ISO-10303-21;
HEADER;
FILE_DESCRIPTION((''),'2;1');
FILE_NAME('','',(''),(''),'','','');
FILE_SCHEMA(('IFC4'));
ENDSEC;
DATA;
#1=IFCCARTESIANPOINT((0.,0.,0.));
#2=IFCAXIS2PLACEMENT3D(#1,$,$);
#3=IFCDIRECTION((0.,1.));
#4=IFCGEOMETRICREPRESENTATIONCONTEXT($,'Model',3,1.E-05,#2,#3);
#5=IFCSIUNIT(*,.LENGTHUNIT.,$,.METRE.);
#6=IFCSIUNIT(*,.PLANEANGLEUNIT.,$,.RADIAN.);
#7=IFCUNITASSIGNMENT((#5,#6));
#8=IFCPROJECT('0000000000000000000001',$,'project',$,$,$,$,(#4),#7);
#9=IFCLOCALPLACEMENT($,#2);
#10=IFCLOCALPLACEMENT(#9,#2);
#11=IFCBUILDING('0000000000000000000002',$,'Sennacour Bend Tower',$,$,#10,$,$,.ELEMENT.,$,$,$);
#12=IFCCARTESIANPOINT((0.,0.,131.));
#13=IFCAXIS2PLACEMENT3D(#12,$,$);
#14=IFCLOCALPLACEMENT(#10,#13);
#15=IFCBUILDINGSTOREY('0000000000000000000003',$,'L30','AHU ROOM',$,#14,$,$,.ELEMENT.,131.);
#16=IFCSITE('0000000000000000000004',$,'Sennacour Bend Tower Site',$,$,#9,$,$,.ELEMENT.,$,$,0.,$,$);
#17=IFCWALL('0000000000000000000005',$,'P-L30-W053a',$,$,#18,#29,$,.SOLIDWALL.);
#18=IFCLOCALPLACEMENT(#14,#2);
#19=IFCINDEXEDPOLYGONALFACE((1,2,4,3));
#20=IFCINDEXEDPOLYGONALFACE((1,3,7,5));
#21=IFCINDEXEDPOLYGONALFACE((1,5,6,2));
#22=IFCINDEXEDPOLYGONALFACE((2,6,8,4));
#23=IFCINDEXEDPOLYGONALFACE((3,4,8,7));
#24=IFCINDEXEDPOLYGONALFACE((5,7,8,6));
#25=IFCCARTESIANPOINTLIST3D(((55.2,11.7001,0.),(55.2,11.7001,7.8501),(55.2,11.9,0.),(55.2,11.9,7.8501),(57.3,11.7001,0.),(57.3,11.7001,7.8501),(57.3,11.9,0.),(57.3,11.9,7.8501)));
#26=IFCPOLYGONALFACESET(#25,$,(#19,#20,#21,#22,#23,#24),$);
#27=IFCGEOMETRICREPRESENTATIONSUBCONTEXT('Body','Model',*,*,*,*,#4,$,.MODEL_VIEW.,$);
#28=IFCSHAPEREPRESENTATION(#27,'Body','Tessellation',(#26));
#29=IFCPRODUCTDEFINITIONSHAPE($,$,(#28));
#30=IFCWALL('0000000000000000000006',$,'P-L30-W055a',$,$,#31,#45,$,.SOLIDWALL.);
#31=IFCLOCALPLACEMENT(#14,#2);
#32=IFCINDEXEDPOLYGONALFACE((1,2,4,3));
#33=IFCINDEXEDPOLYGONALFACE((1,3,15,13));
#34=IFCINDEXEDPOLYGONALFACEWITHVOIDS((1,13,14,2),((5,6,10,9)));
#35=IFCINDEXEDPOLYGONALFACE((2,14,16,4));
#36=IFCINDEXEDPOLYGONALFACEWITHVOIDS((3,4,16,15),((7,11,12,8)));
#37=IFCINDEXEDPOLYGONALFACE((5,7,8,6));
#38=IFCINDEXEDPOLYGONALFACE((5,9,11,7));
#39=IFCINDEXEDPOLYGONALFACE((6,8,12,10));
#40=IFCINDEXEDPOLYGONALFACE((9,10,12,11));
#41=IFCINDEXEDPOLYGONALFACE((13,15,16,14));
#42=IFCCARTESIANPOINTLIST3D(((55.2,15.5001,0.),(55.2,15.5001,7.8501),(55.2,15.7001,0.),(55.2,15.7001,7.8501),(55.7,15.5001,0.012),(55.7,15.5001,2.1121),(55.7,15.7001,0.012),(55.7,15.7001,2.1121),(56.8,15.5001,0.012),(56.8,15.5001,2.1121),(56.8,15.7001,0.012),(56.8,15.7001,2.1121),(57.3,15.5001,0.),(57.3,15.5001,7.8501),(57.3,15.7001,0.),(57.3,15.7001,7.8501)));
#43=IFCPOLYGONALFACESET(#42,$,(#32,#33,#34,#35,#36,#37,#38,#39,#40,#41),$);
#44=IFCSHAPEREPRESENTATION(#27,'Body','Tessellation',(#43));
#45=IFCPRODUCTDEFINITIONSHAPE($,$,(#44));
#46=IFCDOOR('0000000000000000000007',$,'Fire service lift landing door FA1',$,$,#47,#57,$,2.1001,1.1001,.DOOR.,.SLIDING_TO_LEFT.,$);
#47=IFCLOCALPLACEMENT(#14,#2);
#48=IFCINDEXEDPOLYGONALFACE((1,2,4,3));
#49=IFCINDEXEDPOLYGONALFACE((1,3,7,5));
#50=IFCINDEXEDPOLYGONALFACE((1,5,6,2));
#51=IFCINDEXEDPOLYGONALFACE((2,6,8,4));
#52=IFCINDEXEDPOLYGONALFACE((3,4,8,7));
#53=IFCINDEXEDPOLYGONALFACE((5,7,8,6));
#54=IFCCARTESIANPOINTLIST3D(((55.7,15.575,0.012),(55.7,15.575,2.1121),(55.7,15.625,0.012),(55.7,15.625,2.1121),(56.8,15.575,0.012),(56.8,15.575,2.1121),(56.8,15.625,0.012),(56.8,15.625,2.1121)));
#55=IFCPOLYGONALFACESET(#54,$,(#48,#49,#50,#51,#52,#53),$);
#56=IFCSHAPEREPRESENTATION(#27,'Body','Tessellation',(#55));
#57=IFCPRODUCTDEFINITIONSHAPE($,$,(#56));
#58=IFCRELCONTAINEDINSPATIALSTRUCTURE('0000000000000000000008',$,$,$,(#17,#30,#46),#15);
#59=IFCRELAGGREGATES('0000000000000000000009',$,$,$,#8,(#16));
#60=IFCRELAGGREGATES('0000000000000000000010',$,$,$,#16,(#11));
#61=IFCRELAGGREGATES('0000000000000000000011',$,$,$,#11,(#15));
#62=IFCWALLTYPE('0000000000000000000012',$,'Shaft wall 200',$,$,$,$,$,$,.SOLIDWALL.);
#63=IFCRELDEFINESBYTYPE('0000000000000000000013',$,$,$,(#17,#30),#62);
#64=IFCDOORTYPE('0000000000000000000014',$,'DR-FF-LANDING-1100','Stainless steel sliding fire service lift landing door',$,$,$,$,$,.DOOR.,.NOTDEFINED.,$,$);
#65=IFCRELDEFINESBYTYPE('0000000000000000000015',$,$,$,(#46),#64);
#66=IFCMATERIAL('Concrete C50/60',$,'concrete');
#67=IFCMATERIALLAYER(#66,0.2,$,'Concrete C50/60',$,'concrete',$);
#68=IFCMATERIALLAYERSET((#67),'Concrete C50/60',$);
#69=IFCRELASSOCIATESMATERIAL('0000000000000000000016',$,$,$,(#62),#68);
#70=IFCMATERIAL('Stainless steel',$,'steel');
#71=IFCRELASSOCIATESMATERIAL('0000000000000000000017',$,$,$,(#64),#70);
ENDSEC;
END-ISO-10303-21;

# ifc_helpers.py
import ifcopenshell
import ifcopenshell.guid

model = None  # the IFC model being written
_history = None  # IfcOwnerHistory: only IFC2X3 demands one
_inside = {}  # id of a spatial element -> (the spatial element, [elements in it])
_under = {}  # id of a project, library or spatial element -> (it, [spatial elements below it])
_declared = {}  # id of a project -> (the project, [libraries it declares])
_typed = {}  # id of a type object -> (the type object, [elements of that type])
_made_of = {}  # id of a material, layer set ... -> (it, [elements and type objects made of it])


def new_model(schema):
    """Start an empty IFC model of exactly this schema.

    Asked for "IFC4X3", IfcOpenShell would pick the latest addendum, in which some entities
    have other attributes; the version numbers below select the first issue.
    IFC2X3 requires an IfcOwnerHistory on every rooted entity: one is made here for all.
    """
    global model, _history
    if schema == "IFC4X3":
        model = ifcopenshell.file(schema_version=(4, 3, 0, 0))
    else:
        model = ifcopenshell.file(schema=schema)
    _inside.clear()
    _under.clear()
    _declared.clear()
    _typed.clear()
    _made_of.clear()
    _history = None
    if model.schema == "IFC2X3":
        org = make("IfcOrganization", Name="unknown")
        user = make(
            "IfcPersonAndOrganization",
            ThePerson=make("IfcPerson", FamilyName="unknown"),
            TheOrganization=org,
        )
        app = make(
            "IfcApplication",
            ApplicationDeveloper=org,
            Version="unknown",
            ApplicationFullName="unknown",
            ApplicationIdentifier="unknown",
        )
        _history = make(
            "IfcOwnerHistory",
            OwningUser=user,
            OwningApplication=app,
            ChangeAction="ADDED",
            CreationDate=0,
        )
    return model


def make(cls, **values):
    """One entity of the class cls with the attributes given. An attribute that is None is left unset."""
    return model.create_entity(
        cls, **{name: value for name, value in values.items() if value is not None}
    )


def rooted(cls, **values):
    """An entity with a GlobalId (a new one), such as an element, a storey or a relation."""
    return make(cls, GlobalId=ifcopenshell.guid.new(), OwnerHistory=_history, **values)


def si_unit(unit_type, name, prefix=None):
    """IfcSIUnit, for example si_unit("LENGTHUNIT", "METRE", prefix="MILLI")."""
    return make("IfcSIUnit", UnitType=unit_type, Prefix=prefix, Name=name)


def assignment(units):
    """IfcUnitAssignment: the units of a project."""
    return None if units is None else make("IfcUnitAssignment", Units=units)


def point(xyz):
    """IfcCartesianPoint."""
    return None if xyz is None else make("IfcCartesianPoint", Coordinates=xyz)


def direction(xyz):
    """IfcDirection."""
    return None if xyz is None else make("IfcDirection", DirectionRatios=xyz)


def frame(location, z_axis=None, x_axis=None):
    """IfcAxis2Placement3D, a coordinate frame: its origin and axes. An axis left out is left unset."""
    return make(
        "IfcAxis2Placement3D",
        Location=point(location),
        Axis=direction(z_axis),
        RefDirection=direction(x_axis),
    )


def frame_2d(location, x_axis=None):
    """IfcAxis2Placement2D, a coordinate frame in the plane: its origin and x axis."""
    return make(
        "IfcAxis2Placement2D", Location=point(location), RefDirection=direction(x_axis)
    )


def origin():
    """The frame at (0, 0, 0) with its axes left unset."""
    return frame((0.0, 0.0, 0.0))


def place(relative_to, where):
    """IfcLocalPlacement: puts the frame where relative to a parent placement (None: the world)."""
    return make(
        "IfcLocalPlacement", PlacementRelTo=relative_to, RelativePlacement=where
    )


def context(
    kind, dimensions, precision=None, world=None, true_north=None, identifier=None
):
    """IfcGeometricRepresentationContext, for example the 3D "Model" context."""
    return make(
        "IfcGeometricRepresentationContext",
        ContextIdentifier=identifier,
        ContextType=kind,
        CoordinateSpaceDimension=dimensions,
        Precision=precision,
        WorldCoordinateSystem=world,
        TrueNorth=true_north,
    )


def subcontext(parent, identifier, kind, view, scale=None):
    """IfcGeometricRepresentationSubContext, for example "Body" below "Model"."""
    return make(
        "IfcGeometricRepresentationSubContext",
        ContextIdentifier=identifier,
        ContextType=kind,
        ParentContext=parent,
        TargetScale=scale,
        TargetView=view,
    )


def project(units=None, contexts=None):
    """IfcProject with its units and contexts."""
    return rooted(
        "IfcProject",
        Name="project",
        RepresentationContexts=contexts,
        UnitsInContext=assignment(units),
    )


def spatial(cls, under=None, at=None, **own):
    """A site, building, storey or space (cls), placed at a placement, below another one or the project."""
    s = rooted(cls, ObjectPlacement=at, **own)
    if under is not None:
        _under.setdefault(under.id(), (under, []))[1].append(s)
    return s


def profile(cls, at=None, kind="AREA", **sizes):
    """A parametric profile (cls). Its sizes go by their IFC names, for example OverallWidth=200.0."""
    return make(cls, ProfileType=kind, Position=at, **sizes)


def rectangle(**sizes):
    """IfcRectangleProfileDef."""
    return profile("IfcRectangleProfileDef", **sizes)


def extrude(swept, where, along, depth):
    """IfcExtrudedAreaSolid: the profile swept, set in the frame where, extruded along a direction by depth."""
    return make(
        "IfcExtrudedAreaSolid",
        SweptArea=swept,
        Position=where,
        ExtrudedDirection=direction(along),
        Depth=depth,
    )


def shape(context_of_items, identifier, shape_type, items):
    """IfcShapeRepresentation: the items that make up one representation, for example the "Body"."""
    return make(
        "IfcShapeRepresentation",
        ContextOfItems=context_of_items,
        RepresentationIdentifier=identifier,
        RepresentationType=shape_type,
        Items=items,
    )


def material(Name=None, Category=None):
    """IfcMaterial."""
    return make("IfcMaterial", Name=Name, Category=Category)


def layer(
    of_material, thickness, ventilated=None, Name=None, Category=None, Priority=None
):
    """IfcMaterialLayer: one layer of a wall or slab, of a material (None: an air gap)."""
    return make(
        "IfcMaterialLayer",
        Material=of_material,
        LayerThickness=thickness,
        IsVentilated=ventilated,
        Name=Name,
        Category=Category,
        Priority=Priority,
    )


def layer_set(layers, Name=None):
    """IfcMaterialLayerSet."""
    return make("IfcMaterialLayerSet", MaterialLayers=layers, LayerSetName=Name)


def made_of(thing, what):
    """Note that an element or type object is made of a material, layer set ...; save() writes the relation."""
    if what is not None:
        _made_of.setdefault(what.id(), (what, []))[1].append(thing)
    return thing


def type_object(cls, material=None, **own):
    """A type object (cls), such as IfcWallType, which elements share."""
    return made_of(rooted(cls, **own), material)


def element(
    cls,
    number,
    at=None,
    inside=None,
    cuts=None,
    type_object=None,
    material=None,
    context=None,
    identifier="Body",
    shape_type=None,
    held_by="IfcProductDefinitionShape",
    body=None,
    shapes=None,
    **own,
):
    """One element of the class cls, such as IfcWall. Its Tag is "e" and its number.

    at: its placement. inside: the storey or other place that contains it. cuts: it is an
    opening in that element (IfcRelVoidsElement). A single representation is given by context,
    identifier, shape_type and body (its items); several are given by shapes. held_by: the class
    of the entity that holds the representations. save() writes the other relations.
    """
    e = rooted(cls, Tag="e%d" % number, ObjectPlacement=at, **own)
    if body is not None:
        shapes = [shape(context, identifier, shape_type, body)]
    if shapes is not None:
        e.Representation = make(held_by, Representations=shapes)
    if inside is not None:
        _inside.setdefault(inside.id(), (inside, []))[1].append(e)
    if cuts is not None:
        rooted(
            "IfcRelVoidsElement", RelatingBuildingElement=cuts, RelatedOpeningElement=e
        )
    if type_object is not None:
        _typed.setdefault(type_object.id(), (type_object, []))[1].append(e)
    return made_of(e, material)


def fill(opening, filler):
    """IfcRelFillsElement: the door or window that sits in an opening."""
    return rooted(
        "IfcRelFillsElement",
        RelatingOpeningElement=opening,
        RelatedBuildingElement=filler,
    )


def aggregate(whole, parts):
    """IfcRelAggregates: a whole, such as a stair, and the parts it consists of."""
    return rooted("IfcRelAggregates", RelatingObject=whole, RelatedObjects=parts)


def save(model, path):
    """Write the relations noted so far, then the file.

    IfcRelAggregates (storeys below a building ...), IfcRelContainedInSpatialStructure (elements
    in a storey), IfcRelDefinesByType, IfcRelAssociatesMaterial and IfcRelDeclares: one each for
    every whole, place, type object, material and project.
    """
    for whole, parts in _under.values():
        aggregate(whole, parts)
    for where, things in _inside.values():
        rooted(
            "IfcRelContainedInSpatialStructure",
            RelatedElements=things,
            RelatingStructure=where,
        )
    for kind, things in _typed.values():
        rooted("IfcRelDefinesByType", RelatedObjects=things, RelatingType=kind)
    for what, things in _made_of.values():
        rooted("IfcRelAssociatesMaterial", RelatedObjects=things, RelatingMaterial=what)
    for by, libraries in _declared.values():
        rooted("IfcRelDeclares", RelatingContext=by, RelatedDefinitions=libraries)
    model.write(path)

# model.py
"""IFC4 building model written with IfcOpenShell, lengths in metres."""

from ifc_helpers import new_model, si_unit, direction, frame, frame_2d, origin, place, context, subcontext, project, spatial, rectangle, extrude, material, layer, layer_set, type_object, element, fill, save


model = new_model("IFC4")

# Units and contexts
model_context = context("Model", 3, precision=1e-05, world=origin(), true_north=direction((0.0, 1.0)))
body_context = subcontext(model_context, "Body", "Model", "MODEL_VIEW")
ifc_project = project(units=[si_unit("LENGTHUNIT", "METRE"), si_unit("PLANEANGLEUNIT", "RADIAN")], contexts=[model_context])

# Site, building, storey
site_placement = place(None, origin())
site = spatial("IfcSite", under=ifc_project, at=site_placement, Name="Sennacour Bend Tower Site", CompositionType="ELEMENT", RefElevation=0.0)
building_placement = place(site_placement, origin())
building = spatial("IfcBuilding", under=site, at=building_placement, Name="Sennacour Bend Tower", CompositionType="ELEMENT")
storey_placement = place(building_placement, frame((0.0, 0.0, 131.0)))
storey = spatial("IfcBuildingStorey", under=building, at=storey_placement, Name="L30", Description="AHU ROOM", CompositionType="ELEMENT", Elevation=131.0)

# Wall
ifc_material_1 = material(Name="Concrete C50/60", Category="concrete")
ifc_layer_1 = layer(ifc_material_1, 0.2, Name="Concrete C50/60", Category="concrete")
ifc_layer_set_1 = layer_set([ifc_layer_1], Name="Concrete C50/60")
wall_type_1 = type_object("IfcWallType", Name="Shaft wall 200", PredefinedType="SOLIDWALL", material=ifc_layer_set_1)
wall_1_placement = place(storey_placement, frame((55.2, 11.8, 0.0), z_axis=(0.0, 0.0, 1.0), x_axis=(1.0, 0.0, 0.0)))
element("IfcWall", 1, at=wall_1_placement, inside=storey, type_object=wall_type_1, Name="P-L30-W053a", PredefinedType="SOLIDWALL", context=body_context, shape_type="SweptSolid", body=[
    extrude(rectangle(XDim=2.1001, YDim=0.2, at=frame_2d((1.05, 0.0))), origin(), (0.0, 0.0, 1.0), 7.8501),
])

# Wall, opening, door
wall_2_placement = place(storey_placement, frame((55.2, 15.6001, 0.0), z_axis=(0.0, 0.0, 1.0), x_axis=(1.0, 0.0, 0.0)))
wall_2 = element("IfcWall", 2, at=wall_2_placement, inside=storey, type_object=wall_type_1, Name="P-L30-W055a", PredefinedType="SOLIDWALL", context=body_context, shape_type="SweptSolid", body=[
    extrude(rectangle(XDim=2.1001, YDim=0.2, at=frame_2d((1.05, 0.0))), origin(), (0.0, 0.0, 1.0), 7.8501),
])
opening_placement = place(wall_2_placement, frame((0.5, 0.0, 0.012)))
opening = element("IfcOpeningElement", 3, at=opening_placement, cuts=wall_2, PredefinedType="OPENING", context=body_context, shape_type="SweptSolid", body=[
    extrude(rectangle(XDim=1.1001, YDim=2.1001, at=frame_2d((0.55, 1.05))), frame((0.0, 0.1099, 0.0), z_axis=(0.0, -1.0, 0.0), x_axis=(1.0, 0.0, 0.0)), (0.0, 0.0, 1.0), 0.22),
])
ifc_material_2 = material(Name="Stainless steel", Category="steel")
door_type = type_object("IfcDoorType", Name="DR-FF-LANDING-1100", Description="Stainless steel sliding fire service lift landing door", OperationType="NOTDEFINED", PredefinedType="DOOR", material=ifc_material_2)
door_placement = place(opening_placement, origin())
door = element("IfcDoor", 4, at=door_placement, inside=storey, type_object=door_type, Name="Fire service lift landing door FA1", OperationType="SLIDING_TO_LEFT", OverallHeight=2.1001, OverallWidth=1.1001, PredefinedType="DOOR", context=body_context, shape_type="SweptSolid", body=[
    extrude(rectangle(XDim=1.1001, YDim=2.1001, at=frame_2d((0.55, 1.05))), frame((0.0, 0.0249, 0.0), z_axis=(0.0, -1.0, 0.0), x_axis=(1.0, 0.0, 0.0)), (0.0, 0.0, 1.0), 0.05),
])
fill(opening, door)

save(model, "model.ifc")
